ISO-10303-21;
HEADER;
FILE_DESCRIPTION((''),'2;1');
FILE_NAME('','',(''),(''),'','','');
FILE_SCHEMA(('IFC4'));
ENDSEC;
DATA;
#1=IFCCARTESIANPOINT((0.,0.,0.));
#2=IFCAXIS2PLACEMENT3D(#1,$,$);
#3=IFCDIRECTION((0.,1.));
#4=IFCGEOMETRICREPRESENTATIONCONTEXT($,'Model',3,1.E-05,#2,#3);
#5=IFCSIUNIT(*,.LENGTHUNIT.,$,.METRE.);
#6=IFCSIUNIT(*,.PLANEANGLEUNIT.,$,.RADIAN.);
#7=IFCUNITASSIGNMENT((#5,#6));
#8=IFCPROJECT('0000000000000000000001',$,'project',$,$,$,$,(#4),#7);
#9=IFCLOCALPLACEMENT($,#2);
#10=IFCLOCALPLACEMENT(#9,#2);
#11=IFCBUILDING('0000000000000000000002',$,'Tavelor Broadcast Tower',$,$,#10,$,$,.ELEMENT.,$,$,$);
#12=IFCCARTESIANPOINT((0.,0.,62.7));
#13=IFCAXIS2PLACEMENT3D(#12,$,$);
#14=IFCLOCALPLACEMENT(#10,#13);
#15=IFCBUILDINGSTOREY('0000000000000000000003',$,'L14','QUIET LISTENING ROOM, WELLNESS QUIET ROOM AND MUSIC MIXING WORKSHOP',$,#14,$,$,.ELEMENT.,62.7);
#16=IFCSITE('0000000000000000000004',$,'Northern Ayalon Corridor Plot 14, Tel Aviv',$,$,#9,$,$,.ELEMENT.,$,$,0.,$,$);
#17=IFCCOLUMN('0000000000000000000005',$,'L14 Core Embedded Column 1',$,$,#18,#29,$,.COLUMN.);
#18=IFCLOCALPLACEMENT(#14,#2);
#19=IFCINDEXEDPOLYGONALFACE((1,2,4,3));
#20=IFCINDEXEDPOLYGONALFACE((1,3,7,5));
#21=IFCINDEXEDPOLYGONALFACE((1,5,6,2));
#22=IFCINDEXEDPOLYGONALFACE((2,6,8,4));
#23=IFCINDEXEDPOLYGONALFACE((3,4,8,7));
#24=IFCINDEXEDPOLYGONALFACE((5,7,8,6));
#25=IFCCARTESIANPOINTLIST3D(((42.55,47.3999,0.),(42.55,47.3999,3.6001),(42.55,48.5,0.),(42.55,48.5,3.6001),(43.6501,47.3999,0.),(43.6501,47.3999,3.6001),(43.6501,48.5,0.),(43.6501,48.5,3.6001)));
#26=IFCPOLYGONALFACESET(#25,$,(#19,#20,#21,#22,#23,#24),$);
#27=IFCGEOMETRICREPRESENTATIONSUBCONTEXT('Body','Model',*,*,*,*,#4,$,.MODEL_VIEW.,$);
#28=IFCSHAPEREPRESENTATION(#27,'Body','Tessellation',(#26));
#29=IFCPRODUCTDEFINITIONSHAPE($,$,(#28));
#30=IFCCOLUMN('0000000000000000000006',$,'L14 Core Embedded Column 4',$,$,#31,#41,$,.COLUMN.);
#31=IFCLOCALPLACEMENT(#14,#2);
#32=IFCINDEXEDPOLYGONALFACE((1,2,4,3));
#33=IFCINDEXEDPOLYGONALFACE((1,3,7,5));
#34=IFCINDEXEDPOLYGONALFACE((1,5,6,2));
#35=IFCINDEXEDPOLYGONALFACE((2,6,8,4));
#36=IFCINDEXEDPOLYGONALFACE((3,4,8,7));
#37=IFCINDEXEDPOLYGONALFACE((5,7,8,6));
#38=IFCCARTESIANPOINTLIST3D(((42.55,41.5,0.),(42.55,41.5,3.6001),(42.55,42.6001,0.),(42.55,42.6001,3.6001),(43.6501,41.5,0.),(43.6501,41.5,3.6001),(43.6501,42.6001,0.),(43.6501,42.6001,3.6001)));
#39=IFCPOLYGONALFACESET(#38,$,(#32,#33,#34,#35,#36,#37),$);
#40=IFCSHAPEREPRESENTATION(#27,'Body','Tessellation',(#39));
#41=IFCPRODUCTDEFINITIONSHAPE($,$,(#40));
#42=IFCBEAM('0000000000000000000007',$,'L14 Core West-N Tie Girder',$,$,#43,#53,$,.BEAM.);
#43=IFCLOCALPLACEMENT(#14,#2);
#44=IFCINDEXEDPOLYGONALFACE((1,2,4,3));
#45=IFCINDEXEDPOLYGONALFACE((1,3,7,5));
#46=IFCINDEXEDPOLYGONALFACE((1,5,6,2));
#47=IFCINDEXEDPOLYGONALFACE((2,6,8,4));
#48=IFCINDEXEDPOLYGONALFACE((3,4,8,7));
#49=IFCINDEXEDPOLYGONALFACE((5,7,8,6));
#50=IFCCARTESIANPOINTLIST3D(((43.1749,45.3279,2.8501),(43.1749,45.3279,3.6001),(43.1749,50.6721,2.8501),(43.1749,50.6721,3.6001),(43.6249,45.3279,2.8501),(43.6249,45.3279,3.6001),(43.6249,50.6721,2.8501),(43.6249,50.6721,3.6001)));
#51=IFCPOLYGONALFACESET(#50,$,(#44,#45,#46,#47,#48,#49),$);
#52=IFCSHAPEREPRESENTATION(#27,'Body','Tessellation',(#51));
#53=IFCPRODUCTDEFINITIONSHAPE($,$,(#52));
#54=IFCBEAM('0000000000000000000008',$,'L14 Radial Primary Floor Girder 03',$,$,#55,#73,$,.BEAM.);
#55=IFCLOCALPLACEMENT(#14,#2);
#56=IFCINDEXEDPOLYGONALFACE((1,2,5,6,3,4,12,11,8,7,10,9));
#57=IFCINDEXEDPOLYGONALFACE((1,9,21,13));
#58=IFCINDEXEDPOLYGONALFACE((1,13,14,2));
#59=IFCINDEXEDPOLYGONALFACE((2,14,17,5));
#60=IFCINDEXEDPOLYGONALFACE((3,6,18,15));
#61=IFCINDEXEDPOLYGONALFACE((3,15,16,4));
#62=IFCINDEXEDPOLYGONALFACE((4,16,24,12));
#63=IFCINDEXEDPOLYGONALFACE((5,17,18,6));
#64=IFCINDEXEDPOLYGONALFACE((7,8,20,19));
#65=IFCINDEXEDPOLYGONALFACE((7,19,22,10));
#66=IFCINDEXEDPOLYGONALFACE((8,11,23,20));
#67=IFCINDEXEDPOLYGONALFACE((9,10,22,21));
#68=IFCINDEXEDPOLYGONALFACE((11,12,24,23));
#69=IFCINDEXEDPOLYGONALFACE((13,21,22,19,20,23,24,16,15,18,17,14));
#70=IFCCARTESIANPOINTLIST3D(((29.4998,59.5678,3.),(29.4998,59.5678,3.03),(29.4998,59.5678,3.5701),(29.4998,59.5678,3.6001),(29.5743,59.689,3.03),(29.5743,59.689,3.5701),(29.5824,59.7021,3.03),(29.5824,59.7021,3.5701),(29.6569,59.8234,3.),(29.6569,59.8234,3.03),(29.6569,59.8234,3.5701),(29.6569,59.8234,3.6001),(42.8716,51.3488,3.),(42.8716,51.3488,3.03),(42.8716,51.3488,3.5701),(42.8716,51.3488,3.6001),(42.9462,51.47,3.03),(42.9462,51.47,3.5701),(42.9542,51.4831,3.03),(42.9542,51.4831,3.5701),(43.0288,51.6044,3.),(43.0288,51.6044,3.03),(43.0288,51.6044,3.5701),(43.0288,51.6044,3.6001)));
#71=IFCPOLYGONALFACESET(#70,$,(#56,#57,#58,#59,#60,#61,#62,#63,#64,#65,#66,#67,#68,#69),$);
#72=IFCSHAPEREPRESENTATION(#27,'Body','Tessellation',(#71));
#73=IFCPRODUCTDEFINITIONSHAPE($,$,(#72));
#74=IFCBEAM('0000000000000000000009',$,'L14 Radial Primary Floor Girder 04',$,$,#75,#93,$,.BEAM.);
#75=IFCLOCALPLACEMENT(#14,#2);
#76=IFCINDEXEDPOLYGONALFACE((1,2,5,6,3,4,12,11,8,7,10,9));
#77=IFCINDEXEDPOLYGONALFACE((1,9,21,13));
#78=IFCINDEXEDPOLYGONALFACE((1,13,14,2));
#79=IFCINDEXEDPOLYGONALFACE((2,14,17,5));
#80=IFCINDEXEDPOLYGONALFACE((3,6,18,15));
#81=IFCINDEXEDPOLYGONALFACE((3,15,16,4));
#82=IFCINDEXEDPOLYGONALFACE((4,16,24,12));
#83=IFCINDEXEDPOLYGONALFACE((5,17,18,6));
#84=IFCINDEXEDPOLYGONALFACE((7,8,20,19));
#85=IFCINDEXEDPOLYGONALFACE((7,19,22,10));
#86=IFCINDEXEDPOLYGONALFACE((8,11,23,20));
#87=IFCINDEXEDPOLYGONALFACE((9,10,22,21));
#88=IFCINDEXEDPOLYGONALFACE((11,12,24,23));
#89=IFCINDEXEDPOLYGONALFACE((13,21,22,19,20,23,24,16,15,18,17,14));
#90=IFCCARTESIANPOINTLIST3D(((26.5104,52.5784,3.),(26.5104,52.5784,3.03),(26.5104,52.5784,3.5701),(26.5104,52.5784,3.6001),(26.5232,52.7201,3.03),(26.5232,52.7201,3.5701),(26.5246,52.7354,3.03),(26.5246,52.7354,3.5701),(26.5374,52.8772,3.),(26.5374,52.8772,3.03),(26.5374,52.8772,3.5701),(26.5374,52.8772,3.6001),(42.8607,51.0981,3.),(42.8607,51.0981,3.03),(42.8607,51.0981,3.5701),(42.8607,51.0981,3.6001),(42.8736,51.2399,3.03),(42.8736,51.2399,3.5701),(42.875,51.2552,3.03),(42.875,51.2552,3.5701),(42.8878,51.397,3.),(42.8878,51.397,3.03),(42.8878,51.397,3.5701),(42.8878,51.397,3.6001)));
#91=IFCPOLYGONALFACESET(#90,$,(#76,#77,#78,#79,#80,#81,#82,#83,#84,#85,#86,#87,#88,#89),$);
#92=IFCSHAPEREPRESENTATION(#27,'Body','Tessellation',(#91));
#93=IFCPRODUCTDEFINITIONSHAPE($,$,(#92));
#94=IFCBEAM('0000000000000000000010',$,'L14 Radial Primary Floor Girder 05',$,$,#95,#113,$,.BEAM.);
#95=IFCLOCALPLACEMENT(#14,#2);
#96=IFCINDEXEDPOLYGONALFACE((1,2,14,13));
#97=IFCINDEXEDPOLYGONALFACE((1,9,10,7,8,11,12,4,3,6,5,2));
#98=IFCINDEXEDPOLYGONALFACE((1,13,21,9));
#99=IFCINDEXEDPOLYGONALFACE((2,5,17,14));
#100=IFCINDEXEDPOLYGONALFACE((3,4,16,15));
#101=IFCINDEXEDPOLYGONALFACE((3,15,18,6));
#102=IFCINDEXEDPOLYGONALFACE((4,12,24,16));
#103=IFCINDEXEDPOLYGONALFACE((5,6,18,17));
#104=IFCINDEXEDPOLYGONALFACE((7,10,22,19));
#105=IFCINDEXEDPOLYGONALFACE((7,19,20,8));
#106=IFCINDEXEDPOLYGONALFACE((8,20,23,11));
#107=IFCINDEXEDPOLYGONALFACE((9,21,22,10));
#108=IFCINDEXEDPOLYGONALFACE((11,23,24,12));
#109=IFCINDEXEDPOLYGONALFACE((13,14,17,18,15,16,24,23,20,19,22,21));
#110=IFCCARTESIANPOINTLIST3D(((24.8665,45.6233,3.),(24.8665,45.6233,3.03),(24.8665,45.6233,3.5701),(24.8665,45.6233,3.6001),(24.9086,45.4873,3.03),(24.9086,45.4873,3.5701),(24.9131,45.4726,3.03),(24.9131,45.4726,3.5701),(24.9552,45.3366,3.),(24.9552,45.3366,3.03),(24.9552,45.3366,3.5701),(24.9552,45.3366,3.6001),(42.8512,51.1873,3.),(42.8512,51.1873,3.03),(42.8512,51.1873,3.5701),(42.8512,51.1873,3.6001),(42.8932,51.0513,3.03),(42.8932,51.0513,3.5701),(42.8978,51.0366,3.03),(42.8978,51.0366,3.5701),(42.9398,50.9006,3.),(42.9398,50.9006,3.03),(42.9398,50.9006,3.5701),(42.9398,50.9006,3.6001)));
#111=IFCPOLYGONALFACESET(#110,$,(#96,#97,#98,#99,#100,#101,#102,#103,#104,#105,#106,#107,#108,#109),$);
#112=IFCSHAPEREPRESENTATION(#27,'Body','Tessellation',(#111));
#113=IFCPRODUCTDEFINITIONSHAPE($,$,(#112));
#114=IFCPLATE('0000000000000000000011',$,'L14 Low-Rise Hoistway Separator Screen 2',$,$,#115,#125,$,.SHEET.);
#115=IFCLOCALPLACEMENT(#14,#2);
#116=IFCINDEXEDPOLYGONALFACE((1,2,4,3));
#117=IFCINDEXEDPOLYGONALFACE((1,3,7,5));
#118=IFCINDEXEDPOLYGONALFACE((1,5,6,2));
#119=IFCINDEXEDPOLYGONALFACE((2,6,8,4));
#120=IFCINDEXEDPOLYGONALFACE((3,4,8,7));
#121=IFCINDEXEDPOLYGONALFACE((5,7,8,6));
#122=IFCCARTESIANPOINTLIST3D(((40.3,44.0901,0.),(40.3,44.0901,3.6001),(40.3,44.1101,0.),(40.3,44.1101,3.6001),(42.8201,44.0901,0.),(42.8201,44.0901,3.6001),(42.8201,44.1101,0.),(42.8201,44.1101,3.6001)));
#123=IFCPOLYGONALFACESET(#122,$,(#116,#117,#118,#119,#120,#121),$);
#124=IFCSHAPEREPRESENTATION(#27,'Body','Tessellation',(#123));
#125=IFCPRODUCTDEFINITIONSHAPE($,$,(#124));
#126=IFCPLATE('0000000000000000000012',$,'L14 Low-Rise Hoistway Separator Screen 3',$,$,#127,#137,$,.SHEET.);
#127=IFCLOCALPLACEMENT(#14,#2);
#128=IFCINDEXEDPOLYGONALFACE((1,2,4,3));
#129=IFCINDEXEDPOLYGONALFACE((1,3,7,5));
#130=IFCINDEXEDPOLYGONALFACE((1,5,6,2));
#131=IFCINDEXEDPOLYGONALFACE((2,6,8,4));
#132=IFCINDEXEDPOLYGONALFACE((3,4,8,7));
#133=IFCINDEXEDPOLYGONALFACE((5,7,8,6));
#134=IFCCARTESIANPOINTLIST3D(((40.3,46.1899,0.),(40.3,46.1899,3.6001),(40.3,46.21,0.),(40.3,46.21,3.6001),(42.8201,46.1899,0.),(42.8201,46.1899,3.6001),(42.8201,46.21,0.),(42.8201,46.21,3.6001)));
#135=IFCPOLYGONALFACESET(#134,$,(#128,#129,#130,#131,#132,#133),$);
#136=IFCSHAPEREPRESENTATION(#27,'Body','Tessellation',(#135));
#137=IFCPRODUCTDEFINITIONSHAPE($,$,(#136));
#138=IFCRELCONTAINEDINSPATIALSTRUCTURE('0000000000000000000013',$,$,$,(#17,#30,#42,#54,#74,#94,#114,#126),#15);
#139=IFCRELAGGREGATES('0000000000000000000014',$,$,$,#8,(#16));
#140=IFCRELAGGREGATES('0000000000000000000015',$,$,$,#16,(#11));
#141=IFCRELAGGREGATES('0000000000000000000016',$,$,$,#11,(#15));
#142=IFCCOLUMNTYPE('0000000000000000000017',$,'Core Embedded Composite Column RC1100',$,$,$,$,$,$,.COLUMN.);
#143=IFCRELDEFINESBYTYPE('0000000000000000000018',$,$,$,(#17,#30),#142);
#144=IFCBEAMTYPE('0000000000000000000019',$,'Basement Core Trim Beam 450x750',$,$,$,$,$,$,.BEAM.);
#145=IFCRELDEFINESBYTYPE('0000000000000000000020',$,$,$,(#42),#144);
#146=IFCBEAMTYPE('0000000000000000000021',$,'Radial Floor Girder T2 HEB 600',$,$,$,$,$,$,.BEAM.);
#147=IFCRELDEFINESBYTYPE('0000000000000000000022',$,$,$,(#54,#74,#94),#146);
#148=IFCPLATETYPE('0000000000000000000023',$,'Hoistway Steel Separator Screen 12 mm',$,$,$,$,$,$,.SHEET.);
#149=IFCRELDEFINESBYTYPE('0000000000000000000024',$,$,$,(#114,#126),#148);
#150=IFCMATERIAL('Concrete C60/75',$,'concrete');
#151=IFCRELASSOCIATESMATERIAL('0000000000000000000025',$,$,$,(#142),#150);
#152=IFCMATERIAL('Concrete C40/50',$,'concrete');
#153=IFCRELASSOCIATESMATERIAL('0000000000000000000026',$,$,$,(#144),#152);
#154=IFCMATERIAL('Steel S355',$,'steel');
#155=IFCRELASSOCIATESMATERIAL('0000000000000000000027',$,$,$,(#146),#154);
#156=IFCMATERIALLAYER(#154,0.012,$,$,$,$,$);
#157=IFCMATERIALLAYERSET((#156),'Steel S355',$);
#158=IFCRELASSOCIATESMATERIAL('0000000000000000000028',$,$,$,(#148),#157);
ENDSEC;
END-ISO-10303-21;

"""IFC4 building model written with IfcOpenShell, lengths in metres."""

from ifc_helpers import new_model, si_unit, direction, frame, origin, origin_2d, place, context, subcontext, project, spatial, rectangle, i_section, extrude, source, transform, mapped, material, layer, layer_set, material_profile, profile_set, type_object, type_shapes, element, save


model = new_model("IFC4")

# Units and contexts
model_context = context("Model", 3, precision=1e-05, world=origin(), true_north=direction((0.0, 1.0)))
body_context = subcontext(model_context, "Body", "Model", "MODEL_VIEW")
ifc_project = project(units=[si_unit("LENGTHUNIT", "METRE"), si_unit("PLANEANGLEUNIT", "RADIAN")], contexts=[model_context])

# Site, building, storey
site_placement = place(None, origin())
site = spatial("IfcSite", under=ifc_project, at=site_placement, Name="Northern Ayalon Corridor Plot 14, Tel Aviv", CompositionType="ELEMENT", RefElevation=0.0)
building_placement = place(site_placement, origin())
building = spatial("IfcBuilding", under=site, at=building_placement, Name="Tavelor Broadcast Tower", CompositionType="ELEMENT")
storey_placement = place(building_placement, frame((0.0, 0.0, 62.7)))
storey = spatial("IfcBuildingStorey", under=building, at=storey_placement, Name="L14", Description="QUIET LISTENING ROOM, WELLNESS QUIET ROOM AND MUSIC MIXING WORKSHOP", CompositionType="ELEMENT", Elevation=62.7)

# Columns
ifc_material_1 = material(Name="Concrete C60/75", Category="concrete")
ifc_material_profile_1 = material_profile(ifc_material_1, rectangle(XDim=1.1001, YDim=1.1001, at=origin_2d()), Name="RC 1100x1100")
ifc_profile_set_1 = profile_set([ifc_material_profile_1], Name="Concrete C60/75")
column_type = type_object("IfcColumnType", Name="Core Embedded Composite Column RC1100", PredefinedType="COLUMN", material=ifc_profile_set_1)
for number, where, z_axis, x_axis, name in (
    (1, (43.1001, 47.95, 0.0), (0.0, 0.0, 1.0), (1.0, 0.0, 0.0), "L14 Core Embedded Column 1"),
    (2, (43.1001, 42.05, 0.0), (0.0, 0.0, 1.0), (1.0, 0.0, 0.0), "L14 Core Embedded Column 4"),
):
    element("IfcColumn", number, at=place(storey_placement, frame(where, z_axis=z_axis, x_axis=x_axis)), inside=storey, type_object=column_type, Name=name, PredefinedType="COLUMN", context=body_context, shape_type="SweptSolid", body=[
        extrude(rectangle(XDim=1.1001, YDim=1.1001, at=origin_2d()), origin(), (0.0, 0.0, 1.0), 3.6001),
    ])

# Beams
ifc_material_2 = material(Name="Concrete C40/50", Category="concrete")
ifc_material_profile_2 = material_profile(ifc_material_2, rectangle(XDim=0.45, YDim=0.75, at=origin_2d()), Name="RC 450x750")
ifc_profile_set_2 = profile_set([ifc_material_profile_2], Name="Concrete C40/50")
beam_type_1 = type_object("IfcBeamType", Name="Basement Core Trim Beam 450x750", PredefinedType="BEAM", material=ifc_profile_set_2)
beam_1_placement = place(storey_placement, frame((43.3999, 45.3279, 3.2251), z_axis=(0.0, 1.0, 0.0), x_axis=(-1.0, 0.0, 0.0)))
element("IfcBeam", 3, at=beam_1_placement, inside=storey, type_object=beam_type_1, Name="L14 Core West-N Tie Girder", PredefinedType="BEAM", context=body_context, shape_type="SweptSolid", body=[
    extrude(rectangle(XDim=0.45, YDim=0.75, at=origin_2d()), origin(), (0.0, 0.0, 1.0), 5.3442),
])
ifc_material_3 = material(Name="Steel S355", Category="steel")
ifc_material_profile_3 = material_profile(ifc_material_3, i_section(OverallWidth=0.3, OverallDepth=0.6001, WebThickness=0.0154, FlangeThickness=0.03, at=origin_2d()), Name="HEB 600")
ifc_profile_set_3 = profile_set([ifc_material_profile_3], Name="Steel S355")
beam_type_2 = type_object("IfcBeamType", Name="Radial Floor Girder T2 HEB 600", PredefinedType="BEAM", material=ifc_profile_set_3)
beam_2_placement = place(storey_placement, frame((42.9502, 51.4766, 3.3), z_axis=(-0.851938, 0.523643, 0.0), x_axis=(-0.523643, -0.851938, 0.0)))
element("IfcBeam", 4, at=beam_2_placement, inside=storey, type_object=beam_type_2, Name="L14 Radial Primary Floor Girder 03", PredefinedType="BEAM", context=body_context, shape_type="SweptSolid", body=[
    extrude(i_section(OverallWidth=0.3, OverallDepth=0.6001, WebThickness=0.0154, FlangeThickness=0.03, at=origin_2d()), origin(), (0.0, 0.0, 1.0), 15.6958),
])
beam_3_placement = place(storey_placement, frame((42.8743, 51.2476, 3.3), z_axis=(-0.995927, 0.090163, 0.0), x_axis=(-0.090163, -0.995927, 0.0)))
element("IfcBeam", 5, at=beam_3_placement, inside=storey, type_object=beam_type_2, Name="L14 Radial Primary Floor Girder 04", PredefinedType="BEAM", context=body_context, shape_type="SweptSolid", body=[
    extrude(i_section(OverallWidth=0.3, OverallDepth=0.6001, WebThickness=0.0154, FlangeThickness=0.03, at=origin_2d()), origin(), (0.0, 0.0, 1.0), 16.4172),
])
beam_4_placement = place(storey_placement, frame((42.8955, 51.0439, 3.3), z_axis=(-0.955326, -0.295553, 0.0), x_axis=(0.295553, -0.955326, 0.0)))
element("IfcBeam", 6, at=beam_4_placement, inside=storey, type_object=beam_type_2, Name="L14 Radial Primary Floor Girder 05", PredefinedType="BEAM", context=body_context, shape_type="SweptSolid", body=[
    extrude(i_section(OverallWidth=0.3, OverallDepth=0.6001, WebThickness=0.0154, FlangeThickness=0.03, at=origin_2d()), origin(), (0.0, 0.0, 1.0), 18.8257),
])

# Plates
ifc_layer_1 = layer(ifc_material_3, 0.012)
ifc_layer_set_1 = layer_set([ifc_layer_1], Name="Steel S355")
plate_type = type_object("IfcPlateType", Name="Hoistway Steel Separator Screen 12 mm", PredefinedType="SHEET", material=ifc_layer_set_1)
shared_shape = source(origin(), body_context, "Body", "SweptSolid", [
    extrude(rectangle(XDim=2.52, YDim=0.02, at=origin_2d()), origin(), (0.0, 0.0, 1.0), 3.6001),
])
type_shapes(plate_type, [shared_shape])
for number, where, z_axis, x_axis, name in (
    (7, (41.5601, 44.1001, 0.0), (0.0, 0.0, 1.0), (1.0, 0.0, 0.0), "L14 Low-Rise Hoistway Separator Screen 2"),
    (8, (41.5601, 46.2, 0.0), (0.0, 0.0, 1.0), (1.0, 0.0, 0.0), "L14 Low-Rise Hoistway Separator Screen 3"),
):
    element("IfcPlate", number, at=place(storey_placement, frame(where, z_axis=z_axis, x_axis=x_axis)), inside=storey, type_object=plate_type, Name=name, PredefinedType="SHEET", context=body_context, shape_type="MappedRepresentation", body=[
        mapped(shared_shape, transform((0.0, 0.0, 0.0), scale=1.0)),
    ])

save(model, "model.ifc")
